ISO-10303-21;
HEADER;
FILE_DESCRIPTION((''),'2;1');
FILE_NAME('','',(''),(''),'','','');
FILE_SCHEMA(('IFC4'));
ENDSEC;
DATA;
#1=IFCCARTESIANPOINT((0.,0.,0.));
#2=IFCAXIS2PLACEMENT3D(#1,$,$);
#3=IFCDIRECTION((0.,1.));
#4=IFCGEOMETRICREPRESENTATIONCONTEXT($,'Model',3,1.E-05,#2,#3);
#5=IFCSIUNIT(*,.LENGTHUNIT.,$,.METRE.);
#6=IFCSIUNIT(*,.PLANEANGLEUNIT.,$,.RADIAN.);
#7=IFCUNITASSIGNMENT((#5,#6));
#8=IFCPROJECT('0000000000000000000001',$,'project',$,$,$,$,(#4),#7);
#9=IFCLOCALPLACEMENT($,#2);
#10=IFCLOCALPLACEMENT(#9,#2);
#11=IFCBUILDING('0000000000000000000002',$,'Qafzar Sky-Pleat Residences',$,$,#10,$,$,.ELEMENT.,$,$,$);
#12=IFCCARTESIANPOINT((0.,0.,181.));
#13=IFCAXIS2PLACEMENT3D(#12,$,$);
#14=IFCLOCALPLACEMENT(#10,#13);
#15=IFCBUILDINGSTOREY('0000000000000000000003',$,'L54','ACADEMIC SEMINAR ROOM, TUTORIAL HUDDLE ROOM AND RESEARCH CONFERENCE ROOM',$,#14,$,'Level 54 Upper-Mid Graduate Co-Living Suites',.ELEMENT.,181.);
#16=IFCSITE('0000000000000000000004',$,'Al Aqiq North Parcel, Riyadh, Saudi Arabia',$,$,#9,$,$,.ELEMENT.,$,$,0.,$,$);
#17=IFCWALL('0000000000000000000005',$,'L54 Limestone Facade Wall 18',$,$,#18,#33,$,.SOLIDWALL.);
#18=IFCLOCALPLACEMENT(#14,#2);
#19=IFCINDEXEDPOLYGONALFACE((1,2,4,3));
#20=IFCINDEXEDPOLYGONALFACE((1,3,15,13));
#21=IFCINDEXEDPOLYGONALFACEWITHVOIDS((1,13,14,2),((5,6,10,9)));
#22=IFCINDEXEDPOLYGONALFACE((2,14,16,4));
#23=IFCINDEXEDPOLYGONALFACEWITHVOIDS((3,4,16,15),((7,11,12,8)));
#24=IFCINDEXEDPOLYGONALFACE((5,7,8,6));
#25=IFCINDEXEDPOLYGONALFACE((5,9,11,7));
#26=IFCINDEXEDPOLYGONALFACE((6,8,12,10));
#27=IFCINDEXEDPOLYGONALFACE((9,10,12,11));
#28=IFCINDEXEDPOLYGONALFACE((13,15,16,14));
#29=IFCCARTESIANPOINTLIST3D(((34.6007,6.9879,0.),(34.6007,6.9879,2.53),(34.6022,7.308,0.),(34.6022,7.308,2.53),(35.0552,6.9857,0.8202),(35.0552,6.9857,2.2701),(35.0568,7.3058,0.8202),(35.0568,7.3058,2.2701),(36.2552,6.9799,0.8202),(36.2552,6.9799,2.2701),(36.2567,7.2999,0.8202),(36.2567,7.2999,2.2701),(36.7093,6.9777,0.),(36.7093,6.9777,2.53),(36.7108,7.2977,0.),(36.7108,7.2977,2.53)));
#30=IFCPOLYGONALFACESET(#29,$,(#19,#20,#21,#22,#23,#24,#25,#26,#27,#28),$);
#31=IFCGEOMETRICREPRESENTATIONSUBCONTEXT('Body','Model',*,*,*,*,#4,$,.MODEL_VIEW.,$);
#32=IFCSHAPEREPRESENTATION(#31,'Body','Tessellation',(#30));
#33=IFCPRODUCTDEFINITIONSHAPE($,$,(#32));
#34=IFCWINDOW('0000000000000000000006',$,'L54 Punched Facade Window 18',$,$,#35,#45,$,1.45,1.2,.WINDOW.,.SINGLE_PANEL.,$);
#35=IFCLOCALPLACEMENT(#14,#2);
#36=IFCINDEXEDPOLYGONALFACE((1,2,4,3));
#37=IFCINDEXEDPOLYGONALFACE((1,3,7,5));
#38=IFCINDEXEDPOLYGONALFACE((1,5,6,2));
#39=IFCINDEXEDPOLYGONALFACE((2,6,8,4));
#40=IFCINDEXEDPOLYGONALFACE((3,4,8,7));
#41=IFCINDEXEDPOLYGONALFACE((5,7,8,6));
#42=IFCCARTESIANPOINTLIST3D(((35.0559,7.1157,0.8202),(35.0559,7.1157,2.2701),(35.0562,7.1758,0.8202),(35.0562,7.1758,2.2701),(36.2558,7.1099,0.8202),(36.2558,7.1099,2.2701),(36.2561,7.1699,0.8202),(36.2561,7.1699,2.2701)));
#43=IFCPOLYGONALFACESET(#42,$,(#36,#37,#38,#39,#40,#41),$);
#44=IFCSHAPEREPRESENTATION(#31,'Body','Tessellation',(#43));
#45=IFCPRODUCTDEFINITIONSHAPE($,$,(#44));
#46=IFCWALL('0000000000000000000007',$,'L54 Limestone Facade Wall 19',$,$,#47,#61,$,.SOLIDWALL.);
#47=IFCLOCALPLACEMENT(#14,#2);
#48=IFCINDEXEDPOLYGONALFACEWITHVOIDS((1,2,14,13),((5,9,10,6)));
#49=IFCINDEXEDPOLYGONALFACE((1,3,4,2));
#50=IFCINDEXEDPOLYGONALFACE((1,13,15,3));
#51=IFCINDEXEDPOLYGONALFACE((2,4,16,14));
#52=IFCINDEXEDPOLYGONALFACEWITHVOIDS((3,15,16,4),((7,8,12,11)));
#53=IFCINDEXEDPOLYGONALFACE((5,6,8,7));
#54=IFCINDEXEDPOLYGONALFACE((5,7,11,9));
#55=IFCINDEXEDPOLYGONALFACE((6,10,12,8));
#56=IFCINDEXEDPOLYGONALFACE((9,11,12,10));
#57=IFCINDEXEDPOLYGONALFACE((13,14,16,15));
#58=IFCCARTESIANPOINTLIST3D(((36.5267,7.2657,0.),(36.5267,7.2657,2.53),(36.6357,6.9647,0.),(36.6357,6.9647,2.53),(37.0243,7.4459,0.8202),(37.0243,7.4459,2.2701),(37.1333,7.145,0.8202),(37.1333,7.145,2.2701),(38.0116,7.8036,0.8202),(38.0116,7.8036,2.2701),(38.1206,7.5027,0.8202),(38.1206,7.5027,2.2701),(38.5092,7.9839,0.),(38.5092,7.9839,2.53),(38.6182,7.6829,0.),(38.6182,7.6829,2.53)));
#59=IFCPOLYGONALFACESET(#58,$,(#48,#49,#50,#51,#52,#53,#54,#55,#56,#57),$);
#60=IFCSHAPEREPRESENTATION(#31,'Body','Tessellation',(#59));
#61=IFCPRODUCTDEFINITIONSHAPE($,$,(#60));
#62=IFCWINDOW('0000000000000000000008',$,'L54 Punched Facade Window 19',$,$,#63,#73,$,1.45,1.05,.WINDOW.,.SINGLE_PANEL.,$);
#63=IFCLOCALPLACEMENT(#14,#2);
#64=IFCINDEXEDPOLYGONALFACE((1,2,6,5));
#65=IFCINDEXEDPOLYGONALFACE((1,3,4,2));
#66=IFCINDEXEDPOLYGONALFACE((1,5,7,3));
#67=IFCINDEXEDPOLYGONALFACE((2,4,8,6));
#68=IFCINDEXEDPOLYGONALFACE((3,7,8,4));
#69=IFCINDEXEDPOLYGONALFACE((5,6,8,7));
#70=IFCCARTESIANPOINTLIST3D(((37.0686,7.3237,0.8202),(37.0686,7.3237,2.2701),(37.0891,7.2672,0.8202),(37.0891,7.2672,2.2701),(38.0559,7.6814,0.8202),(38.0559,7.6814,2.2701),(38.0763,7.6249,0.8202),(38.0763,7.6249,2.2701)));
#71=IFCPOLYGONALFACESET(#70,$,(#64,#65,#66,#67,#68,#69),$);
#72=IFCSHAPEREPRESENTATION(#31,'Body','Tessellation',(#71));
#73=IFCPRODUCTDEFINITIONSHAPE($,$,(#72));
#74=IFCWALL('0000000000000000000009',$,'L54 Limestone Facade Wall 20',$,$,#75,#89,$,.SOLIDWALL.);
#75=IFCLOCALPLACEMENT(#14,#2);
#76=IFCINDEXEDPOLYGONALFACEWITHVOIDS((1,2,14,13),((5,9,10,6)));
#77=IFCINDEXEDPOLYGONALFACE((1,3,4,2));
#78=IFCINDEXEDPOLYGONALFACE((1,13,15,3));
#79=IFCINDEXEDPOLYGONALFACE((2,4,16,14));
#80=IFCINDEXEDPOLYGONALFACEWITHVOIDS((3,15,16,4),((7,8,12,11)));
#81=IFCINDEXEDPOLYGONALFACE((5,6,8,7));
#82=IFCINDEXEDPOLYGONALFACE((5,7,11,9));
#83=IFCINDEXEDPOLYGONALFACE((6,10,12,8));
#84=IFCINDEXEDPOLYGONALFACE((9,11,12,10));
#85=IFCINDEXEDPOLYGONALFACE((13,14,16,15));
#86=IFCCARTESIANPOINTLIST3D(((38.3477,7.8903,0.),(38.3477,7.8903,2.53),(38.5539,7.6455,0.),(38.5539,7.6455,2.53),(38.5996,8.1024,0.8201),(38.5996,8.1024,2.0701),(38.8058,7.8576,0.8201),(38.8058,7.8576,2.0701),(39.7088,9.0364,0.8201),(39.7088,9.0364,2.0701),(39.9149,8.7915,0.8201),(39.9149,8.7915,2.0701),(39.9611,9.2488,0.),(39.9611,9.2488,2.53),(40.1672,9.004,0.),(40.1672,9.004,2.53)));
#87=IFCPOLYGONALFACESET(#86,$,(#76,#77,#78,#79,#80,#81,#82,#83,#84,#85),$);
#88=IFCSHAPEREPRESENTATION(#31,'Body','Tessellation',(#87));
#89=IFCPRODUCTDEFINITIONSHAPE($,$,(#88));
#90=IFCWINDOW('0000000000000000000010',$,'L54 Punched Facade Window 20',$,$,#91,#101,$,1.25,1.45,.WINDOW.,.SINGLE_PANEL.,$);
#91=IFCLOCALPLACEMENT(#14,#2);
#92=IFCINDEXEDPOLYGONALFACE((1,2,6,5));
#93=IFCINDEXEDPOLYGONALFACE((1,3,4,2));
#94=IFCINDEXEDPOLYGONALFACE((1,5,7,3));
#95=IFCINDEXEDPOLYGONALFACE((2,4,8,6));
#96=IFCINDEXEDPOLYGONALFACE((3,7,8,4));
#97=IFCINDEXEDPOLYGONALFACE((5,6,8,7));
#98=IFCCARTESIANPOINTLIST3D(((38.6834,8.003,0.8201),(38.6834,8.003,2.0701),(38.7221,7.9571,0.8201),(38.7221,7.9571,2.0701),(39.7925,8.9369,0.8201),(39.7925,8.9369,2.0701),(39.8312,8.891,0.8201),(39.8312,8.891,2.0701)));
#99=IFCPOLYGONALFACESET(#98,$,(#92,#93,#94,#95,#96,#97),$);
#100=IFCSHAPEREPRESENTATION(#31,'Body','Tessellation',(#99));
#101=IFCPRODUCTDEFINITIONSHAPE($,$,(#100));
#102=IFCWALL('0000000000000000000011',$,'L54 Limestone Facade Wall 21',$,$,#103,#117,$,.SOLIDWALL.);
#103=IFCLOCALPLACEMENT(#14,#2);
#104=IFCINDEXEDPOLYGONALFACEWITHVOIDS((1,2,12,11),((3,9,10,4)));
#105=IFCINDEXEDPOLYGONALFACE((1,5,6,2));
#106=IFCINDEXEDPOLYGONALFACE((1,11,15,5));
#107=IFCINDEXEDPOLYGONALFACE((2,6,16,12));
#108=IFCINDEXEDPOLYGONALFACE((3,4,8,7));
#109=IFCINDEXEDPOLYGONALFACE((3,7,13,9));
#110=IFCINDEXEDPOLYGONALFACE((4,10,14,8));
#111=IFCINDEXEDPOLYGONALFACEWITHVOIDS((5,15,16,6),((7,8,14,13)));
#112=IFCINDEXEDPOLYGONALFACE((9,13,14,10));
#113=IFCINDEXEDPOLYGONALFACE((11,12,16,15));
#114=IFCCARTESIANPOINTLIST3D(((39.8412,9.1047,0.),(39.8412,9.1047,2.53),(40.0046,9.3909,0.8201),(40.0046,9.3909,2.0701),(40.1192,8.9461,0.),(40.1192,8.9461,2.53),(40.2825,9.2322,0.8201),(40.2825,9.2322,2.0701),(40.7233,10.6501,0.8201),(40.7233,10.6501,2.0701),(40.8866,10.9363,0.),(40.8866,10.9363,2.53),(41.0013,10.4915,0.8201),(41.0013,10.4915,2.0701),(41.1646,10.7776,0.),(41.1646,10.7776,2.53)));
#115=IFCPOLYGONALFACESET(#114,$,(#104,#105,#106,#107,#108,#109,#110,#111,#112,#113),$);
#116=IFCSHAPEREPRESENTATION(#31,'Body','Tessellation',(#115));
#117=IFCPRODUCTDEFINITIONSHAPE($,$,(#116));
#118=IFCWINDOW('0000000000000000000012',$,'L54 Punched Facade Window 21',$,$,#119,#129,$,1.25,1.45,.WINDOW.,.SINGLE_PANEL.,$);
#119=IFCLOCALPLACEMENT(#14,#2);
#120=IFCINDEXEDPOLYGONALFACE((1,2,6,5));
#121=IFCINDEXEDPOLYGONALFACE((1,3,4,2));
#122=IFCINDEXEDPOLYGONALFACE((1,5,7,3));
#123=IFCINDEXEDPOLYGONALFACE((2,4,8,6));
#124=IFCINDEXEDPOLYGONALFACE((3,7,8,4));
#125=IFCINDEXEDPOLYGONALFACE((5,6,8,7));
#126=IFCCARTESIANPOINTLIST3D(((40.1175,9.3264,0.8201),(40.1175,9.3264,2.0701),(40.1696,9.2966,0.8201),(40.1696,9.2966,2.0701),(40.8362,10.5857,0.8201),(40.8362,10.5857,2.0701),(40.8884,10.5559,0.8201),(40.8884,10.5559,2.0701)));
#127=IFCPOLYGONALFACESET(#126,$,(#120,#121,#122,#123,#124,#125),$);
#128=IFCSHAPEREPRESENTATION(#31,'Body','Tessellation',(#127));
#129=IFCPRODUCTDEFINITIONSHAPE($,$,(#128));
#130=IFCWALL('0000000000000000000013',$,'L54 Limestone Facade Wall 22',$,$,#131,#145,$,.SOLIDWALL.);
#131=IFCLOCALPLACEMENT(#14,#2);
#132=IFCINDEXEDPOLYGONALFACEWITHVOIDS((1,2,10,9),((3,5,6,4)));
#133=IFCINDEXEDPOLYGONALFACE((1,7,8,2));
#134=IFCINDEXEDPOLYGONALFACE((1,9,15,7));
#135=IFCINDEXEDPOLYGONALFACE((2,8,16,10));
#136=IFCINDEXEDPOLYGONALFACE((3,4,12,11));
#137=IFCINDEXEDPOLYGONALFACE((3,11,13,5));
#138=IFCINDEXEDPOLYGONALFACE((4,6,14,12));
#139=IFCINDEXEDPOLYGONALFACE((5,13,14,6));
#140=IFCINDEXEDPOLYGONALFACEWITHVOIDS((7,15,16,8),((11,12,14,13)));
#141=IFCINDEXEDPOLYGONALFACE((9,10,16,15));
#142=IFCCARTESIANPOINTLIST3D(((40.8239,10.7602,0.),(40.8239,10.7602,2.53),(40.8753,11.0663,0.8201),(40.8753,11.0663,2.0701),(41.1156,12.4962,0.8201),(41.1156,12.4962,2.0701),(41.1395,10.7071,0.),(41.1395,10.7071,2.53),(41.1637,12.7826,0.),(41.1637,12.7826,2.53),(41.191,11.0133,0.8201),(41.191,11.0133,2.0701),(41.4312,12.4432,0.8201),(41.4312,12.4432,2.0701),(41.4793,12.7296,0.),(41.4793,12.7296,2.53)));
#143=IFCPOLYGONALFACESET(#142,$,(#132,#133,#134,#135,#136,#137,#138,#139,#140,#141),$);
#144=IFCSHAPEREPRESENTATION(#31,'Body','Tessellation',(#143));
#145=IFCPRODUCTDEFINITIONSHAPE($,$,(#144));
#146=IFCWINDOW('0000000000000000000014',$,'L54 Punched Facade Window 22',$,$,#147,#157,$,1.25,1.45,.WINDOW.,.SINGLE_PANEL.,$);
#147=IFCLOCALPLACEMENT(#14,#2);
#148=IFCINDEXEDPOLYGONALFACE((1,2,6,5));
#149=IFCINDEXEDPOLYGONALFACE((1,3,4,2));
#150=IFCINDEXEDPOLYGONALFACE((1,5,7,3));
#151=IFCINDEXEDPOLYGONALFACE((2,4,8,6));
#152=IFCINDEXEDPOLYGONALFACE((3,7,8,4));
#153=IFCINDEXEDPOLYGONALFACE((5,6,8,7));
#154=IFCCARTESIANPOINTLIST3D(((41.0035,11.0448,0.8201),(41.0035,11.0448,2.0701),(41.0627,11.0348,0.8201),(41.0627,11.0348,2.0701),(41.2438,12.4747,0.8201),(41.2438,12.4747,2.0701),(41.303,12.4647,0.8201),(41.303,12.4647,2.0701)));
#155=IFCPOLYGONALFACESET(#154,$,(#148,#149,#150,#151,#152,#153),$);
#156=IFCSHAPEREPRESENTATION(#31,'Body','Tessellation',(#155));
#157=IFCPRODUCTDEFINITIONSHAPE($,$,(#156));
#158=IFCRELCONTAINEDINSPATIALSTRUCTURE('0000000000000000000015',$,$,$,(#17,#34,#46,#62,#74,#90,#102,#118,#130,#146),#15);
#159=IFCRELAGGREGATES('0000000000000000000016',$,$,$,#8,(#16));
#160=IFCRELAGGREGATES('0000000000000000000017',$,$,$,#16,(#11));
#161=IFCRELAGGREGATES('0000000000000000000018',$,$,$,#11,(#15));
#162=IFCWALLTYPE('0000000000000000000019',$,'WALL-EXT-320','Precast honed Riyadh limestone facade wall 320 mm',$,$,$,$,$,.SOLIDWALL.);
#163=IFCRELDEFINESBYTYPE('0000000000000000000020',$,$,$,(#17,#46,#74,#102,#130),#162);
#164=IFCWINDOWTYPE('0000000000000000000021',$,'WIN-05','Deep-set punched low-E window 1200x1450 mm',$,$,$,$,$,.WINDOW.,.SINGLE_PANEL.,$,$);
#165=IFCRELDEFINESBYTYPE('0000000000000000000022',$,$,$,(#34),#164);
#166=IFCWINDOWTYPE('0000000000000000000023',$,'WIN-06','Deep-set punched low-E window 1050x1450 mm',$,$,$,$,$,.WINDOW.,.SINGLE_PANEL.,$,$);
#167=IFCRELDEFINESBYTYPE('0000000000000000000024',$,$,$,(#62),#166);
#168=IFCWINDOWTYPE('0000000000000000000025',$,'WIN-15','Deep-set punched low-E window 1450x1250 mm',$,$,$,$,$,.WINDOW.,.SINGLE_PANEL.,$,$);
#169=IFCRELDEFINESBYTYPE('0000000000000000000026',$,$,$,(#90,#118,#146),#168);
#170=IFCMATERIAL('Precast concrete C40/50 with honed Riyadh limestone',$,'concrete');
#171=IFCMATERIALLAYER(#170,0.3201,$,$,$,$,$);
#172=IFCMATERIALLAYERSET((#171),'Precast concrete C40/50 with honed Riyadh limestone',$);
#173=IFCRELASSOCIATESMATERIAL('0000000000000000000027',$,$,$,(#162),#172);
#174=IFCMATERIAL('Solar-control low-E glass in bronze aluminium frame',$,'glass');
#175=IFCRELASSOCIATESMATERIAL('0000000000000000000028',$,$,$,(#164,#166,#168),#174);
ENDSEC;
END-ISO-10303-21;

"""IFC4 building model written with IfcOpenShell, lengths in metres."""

from ifc_helpers import new_model, si_unit, direction, frame, frame_2d, origin, place, context, subcontext, project, spatial, rectangle, extrude, source, transform, mapped, material, layer, layer_set, type_object, element, fill, save


model = new_model("IFC4")

# Units and contexts
model_context = context("Model", 3, precision=1e-05, world=origin(), true_north=direction((0.0, 1.0)))
body_context = subcontext(model_context, "Body", "Model", "MODEL_VIEW")
ifc_project = project(units=[si_unit("LENGTHUNIT", "METRE"), si_unit("PLANEANGLEUNIT", "RADIAN")], contexts=[model_context])

# Site, building, storey
site_placement = place(None, origin())
site = spatial("IfcSite", under=ifc_project, at=site_placement, Name="Al Aqiq North Parcel, Riyadh, Saudi Arabia", CompositionType="ELEMENT", RefElevation=0.0)
building_placement = place(site_placement, origin())
building = spatial("IfcBuilding", under=site, at=building_placement, Name="Qafzar Sky-Pleat Residences", CompositionType="ELEMENT")
storey_placement = place(building_placement, frame((0.0, 0.0, 181.0)))
storey = spatial("IfcBuildingStorey", under=building, at=storey_placement, Name="L54", Description="ACADEMIC SEMINAR ROOM, TUTORIAL HUDDLE ROOM AND RESEARCH CONFERENCE ROOM", LongName="Level 54 Upper-Mid Graduate Co-Living Suites", CompositionType="ELEMENT", Elevation=181.0)

# Walls, openings, windows
ifc_material_1 = material(Name="Precast concrete C40/50 with honed Riyadh limestone", Category="concrete")
ifc_layer_1 = layer(ifc_material_1, 0.3201)
ifc_layer_set_1 = layer_set([ifc_layer_1], Name="Precast concrete C40/50 with honed Riyadh limestone")
wall_type = type_object("IfcWallType", Name="WALL-EXT-320", Description="Precast honed Riyadh limestone facade wall 320 mm", PredefinedType="SOLIDWALL", material=ifc_layer_set_1)
wall_1_placement = place(storey_placement, frame((34.6016, 7.1479, 0.0), z_axis=(0.0, 0.0, 1.0), x_axis=(0.999988, -0.004863, 0.0)))
wall_1 = element("IfcWall", 1, at=wall_1_placement, inside=storey, type_object=wall_type, Name="L54 Limestone Facade Wall 18", PredefinedType="SOLIDWALL", context=body_context, shape_type="SweptSolid", body=[
    extrude(rectangle(XDim=2.1086, YDim=0.3201, at=frame_2d((1.0542, 0.0))), origin(), (0.0, 0.0, 1.0), 2.53),
])
opening_1_placement = place(wall_1_placement, frame((0.4543, 0.0, 0.8201)))
opening_1 = element("IfcOpeningElement", 2, at=opening_1_placement, cuts=wall_1, PredefinedType="OPENING", context=body_context, shape_type="SweptSolid", body=[
    extrude(rectangle(XDim=1.2, YDim=1.45, at=frame_2d((0.6001, 0.7251))), frame((0.0, 0.1699, 0.0), z_axis=(0.0, -1.0, 0.0), x_axis=(1.0, 0.0, 0.0)), (0.0, 0.0, 1.0), 0.3401),
])
ifc_material_2 = material(Name="Solar-control low-E glass in bronze aluminium frame", Category="glass")
window_type_1 = type_object("IfcWindowType", Name="WIN-05", Description="Deep-set punched low-E window 1200x1450 mm", PartitioningType="SINGLE_PANEL", PredefinedType="WINDOW", material=ifc_material_2)
shared_shape_1 = source(origin(), body_context, "Body", "SweptSolid", [
    extrude(rectangle(XDim=1.2, YDim=1.45, at=frame_2d((0.6001, 0.7251))), frame((0.0, 0.03, 0.0), z_axis=(0.0, -1.0, 0.0), x_axis=(1.0, 0.0, 0.0)), (0.0, 0.0, 1.0), 0.0601),
])
window_1_placement = place(opening_1_placement, origin())
window_1 = element("IfcWindow", 3, at=window_1_placement, inside=storey, type_object=window_type_1, Name="L54 Punched Facade Window 18", OverallHeight=1.45, OverallWidth=1.2, PartitioningType="SINGLE_PANEL", PredefinedType="WINDOW", context=body_context, shape_type="MappedRepresentation", body=[
    mapped(shared_shape_1, transform((0.0, 0.0, 0.0), x_axis=(1.0, 0.0, 0.0), y_axis=(0.0, 1.0, 0.0), z_axis=(0.0, 0.0, 1.0), scale=1.0)),
])
fill(opening_1, window_1)
wall_2_placement = place(storey_placement, frame((36.5813, 7.1152, 0.0), z_axis=(0.0, 0.0, 1.0), x_axis=(0.940205, 0.340609, 0.0)))
wall_2 = element("IfcWall", 4, at=wall_2_placement, inside=storey, type_object=wall_type, Name="L54 Limestone Facade Wall 19", PredefinedType="SOLIDWALL", context=body_context, shape_type="SweptSolid", body=[
    extrude(rectangle(XDim=2.1086, YDim=0.3201, at=frame_2d((1.0542, 0.0))), origin(), (0.0, 0.0, 1.0), 2.53),
])
opening_2_placement = place(wall_2_placement, frame((0.5293, 0.0, 0.8201)))
opening_2 = element("IfcOpeningElement", 5, at=opening_2_placement, cuts=wall_2, PredefinedType="OPENING", context=body_context, shape_type="SweptSolid", body=[
    extrude(rectangle(XDim=1.05, YDim=1.45, at=frame_2d((0.5249, 0.7251))), frame((0.0, 0.1699, 0.0), z_axis=(0.0, -1.0, 0.0), x_axis=(1.0, 0.0, 0.0)), (0.0, 0.0, 1.0), 0.3401),
])
window_type_2 = type_object("IfcWindowType", Name="WIN-06", Description="Deep-set punched low-E window 1050x1450 mm", PartitioningType="SINGLE_PANEL", PredefinedType="WINDOW", material=ifc_material_2)
shared_shape_2 = source(origin(), body_context, "Body", "SweptSolid", [
    extrude(rectangle(XDim=1.05, YDim=1.45, at=frame_2d((0.5249, 0.7251))), frame((0.0, 0.03, 0.0), z_axis=(0.0, -1.0, 0.0), x_axis=(1.0, 0.0, 0.0)), (0.0, 0.0, 1.0), 0.0601),
])
window_2_placement = place(opening_2_placement, origin())
window_2 = element("IfcWindow", 6, at=window_2_placement, inside=storey, type_object=window_type_2, Name="L54 Punched Facade Window 19", OverallHeight=1.45, OverallWidth=1.05, PartitioningType="SINGLE_PANEL", PredefinedType="WINDOW", context=body_context, shape_type="MappedRepresentation", body=[
    mapped(shared_shape_2, transform((0.0, 0.0, 0.0), x_axis=(1.0, 0.0, 0.0), y_axis=(0.0, 1.0, 0.0), z_axis=(0.0, 0.0, 1.0), scale=1.0)),
])
fill(opening_2, window_2)
wall_3_placement = place(storey_placement, frame((38.4507, 7.7678, 0.0), z_axis=(0.0, 0.0, 1.0), x_axis=(0.764947, 0.644093, 0.0)))
wall_3 = element("IfcWall", 7, at=wall_3_placement, inside=storey, type_object=wall_type, Name="L54 Limestone Facade Wall 20", PredefinedType="SOLIDWALL", context=body_context, shape_type="SweptSolid", body=[
    extrude(rectangle(XDim=2.1091, YDim=0.3201, at=frame_2d((1.0547, 0.0))), origin(), (0.0, 0.0, 1.0), 2.53),
])
opening_3_placement = place(wall_3_placement, frame((0.3293, 0.0, 0.8201)))
opening_3 = element("IfcOpeningElement", 8, at=opening_3_placement, cuts=wall_3, PredefinedType="OPENING", context=body_context, shape_type="SweptSolid", body=[
    extrude(rectangle(XDim=1.45, YDim=1.25, at=frame_2d((0.7251, 0.625))), frame((0.0, 0.1699, 0.0), z_axis=(0.0, -1.0, 0.0), x_axis=(1.0, 0.0, 0.0)), (0.0, 0.0, 1.0), 0.3401),
])
window_type_3 = type_object("IfcWindowType", Name="WIN-15", Description="Deep-set punched low-E window 1450x1250 mm", PartitioningType="SINGLE_PANEL", PredefinedType="WINDOW", material=ifc_material_2)
shared_shape_3 = source(origin(), body_context, "Body", "SweptSolid", [
    extrude(rectangle(XDim=1.45, YDim=1.25, at=frame_2d((0.7251, 0.625))), frame((0.0, 0.03, 0.0), z_axis=(0.0, -1.0, 0.0), x_axis=(1.0, 0.0, 0.0)), (0.0, 0.0, 1.0), 0.0601),
])
window_3_placement = place(opening_3_placement, origin())
window_3 = element("IfcWindow", 9, at=window_3_placement, inside=storey, type_object=window_type_3, Name="L54 Punched Facade Window 20", OverallHeight=1.25, OverallWidth=1.45, PartitioningType="SINGLE_PANEL", PredefinedType="WINDOW", context=body_context, shape_type="MappedRepresentation", body=[
    mapped(shared_shape_3, transform((0.0, 0.0, 0.0), x_axis=(1.0, 0.0, 0.0), y_axis=(0.0, 1.0, 0.0), z_axis=(0.0, 0.0, 1.0), scale=1.0)),
])
fill(opening_3, window_3)
wall_4_placement = place(storey_placement, frame((39.9802, 9.0254, 0.0), z_axis=(0.0, 0.0, 1.0), x_axis=(0.495715, 0.868485, 0.0)))
wall_4 = element("IfcWall", 10, at=wall_4_placement, inside=storey, type_object=wall_type, Name="L54 Limestone Facade Wall 21", PredefinedType="SOLIDWALL", context=body_context, shape_type="SweptSolid", body=[
    extrude(rectangle(XDim=2.1089, YDim=0.3201, at=frame_2d((1.0544, 0.0))), origin(), (0.0, 0.0, 1.0), 2.53),
])
opening_4_placement = place(wall_4_placement, frame((0.3293, 0.0, 0.8201)))
opening_4 = element("IfcOpeningElement", 11, at=opening_4_placement, cuts=wall_4, PredefinedType="OPENING", context=body_context, shape_type="SweptSolid", body=[
    extrude(rectangle(XDim=1.45, YDim=1.25, at=frame_2d((0.7251, 0.625))), frame((0.0, 0.1699, 0.0), z_axis=(0.0, -1.0, 0.0), x_axis=(1.0, 0.0, 0.0)), (0.0, 0.0, 1.0), 0.3401),
])
window_4_placement = place(opening_4_placement, origin())
window_4 = element("IfcWindow", 12, at=window_4_placement, inside=storey, type_object=window_type_3, Name="L54 Punched Facade Window 21", OverallHeight=1.25, OverallWidth=1.45, PartitioningType="SINGLE_PANEL", PredefinedType="WINDOW", context=body_context, shape_type="MappedRepresentation", body=[
    mapped(shared_shape_3, transform((0.0, 0.0, 0.0), x_axis=(1.0, 0.0, 0.0), y_axis=(0.0, 1.0, 0.0), z_axis=(0.0, 0.0, 1.0), scale=1.0)),
])
fill(opening_4, window_4)
wall_5_placement = place(storey_placement, frame((40.9817, 10.7336, 0.0), z_axis=(0.0, 0.0, 1.0), x_axis=(0.165712, 0.986174, 0.0)))
wall_5 = element("IfcWall", 13, at=wall_5_placement, inside=storey, type_object=wall_type, Name="L54 Limestone Facade Wall 22", PredefinedType="SOLIDWALL", context=body_context, shape_type="SweptSolid", body=[
    extrude(rectangle(XDim=2.0508, YDim=0.3201, at=frame_2d((1.0254, 0.0))), origin(), (0.0, 0.0, 1.0), 2.53),
])
opening_5_placement = place(wall_5_placement, frame((0.3103, 0.0, 0.8201)))
opening_5 = element("IfcOpeningElement", 14, at=opening_5_placement, cuts=wall_5, PredefinedType="OPENING", context=body_context, shape_type="SweptSolid", body=[
    extrude(rectangle(XDim=1.45, YDim=1.25, at=frame_2d((0.7251, 0.625))), frame((0.0, 0.1699, 0.0), z_axis=(0.0, -1.0, 0.0), x_axis=(1.0, 0.0, 0.0)), (0.0, 0.0, 1.0), 0.3401),
])
window_5_placement = place(opening_5_placement, origin())
window_5 = element("IfcWindow", 15, at=window_5_placement, inside=storey, type_object=window_type_3, Name="L54 Punched Facade Window 22", OverallHeight=1.25, OverallWidth=1.45, PartitioningType="SINGLE_PANEL", PredefinedType="WINDOW", context=body_context, shape_type="MappedRepresentation", body=[
    mapped(shared_shape_3, transform((0.0, 0.0, 0.0), x_axis=(1.0, 0.0, 0.0), y_axis=(0.0, 1.0, 0.0), z_axis=(0.0, 0.0, 1.0), scale=1.0)),
])
fill(opening_5, window_5)

save(model, "model.ifc")
